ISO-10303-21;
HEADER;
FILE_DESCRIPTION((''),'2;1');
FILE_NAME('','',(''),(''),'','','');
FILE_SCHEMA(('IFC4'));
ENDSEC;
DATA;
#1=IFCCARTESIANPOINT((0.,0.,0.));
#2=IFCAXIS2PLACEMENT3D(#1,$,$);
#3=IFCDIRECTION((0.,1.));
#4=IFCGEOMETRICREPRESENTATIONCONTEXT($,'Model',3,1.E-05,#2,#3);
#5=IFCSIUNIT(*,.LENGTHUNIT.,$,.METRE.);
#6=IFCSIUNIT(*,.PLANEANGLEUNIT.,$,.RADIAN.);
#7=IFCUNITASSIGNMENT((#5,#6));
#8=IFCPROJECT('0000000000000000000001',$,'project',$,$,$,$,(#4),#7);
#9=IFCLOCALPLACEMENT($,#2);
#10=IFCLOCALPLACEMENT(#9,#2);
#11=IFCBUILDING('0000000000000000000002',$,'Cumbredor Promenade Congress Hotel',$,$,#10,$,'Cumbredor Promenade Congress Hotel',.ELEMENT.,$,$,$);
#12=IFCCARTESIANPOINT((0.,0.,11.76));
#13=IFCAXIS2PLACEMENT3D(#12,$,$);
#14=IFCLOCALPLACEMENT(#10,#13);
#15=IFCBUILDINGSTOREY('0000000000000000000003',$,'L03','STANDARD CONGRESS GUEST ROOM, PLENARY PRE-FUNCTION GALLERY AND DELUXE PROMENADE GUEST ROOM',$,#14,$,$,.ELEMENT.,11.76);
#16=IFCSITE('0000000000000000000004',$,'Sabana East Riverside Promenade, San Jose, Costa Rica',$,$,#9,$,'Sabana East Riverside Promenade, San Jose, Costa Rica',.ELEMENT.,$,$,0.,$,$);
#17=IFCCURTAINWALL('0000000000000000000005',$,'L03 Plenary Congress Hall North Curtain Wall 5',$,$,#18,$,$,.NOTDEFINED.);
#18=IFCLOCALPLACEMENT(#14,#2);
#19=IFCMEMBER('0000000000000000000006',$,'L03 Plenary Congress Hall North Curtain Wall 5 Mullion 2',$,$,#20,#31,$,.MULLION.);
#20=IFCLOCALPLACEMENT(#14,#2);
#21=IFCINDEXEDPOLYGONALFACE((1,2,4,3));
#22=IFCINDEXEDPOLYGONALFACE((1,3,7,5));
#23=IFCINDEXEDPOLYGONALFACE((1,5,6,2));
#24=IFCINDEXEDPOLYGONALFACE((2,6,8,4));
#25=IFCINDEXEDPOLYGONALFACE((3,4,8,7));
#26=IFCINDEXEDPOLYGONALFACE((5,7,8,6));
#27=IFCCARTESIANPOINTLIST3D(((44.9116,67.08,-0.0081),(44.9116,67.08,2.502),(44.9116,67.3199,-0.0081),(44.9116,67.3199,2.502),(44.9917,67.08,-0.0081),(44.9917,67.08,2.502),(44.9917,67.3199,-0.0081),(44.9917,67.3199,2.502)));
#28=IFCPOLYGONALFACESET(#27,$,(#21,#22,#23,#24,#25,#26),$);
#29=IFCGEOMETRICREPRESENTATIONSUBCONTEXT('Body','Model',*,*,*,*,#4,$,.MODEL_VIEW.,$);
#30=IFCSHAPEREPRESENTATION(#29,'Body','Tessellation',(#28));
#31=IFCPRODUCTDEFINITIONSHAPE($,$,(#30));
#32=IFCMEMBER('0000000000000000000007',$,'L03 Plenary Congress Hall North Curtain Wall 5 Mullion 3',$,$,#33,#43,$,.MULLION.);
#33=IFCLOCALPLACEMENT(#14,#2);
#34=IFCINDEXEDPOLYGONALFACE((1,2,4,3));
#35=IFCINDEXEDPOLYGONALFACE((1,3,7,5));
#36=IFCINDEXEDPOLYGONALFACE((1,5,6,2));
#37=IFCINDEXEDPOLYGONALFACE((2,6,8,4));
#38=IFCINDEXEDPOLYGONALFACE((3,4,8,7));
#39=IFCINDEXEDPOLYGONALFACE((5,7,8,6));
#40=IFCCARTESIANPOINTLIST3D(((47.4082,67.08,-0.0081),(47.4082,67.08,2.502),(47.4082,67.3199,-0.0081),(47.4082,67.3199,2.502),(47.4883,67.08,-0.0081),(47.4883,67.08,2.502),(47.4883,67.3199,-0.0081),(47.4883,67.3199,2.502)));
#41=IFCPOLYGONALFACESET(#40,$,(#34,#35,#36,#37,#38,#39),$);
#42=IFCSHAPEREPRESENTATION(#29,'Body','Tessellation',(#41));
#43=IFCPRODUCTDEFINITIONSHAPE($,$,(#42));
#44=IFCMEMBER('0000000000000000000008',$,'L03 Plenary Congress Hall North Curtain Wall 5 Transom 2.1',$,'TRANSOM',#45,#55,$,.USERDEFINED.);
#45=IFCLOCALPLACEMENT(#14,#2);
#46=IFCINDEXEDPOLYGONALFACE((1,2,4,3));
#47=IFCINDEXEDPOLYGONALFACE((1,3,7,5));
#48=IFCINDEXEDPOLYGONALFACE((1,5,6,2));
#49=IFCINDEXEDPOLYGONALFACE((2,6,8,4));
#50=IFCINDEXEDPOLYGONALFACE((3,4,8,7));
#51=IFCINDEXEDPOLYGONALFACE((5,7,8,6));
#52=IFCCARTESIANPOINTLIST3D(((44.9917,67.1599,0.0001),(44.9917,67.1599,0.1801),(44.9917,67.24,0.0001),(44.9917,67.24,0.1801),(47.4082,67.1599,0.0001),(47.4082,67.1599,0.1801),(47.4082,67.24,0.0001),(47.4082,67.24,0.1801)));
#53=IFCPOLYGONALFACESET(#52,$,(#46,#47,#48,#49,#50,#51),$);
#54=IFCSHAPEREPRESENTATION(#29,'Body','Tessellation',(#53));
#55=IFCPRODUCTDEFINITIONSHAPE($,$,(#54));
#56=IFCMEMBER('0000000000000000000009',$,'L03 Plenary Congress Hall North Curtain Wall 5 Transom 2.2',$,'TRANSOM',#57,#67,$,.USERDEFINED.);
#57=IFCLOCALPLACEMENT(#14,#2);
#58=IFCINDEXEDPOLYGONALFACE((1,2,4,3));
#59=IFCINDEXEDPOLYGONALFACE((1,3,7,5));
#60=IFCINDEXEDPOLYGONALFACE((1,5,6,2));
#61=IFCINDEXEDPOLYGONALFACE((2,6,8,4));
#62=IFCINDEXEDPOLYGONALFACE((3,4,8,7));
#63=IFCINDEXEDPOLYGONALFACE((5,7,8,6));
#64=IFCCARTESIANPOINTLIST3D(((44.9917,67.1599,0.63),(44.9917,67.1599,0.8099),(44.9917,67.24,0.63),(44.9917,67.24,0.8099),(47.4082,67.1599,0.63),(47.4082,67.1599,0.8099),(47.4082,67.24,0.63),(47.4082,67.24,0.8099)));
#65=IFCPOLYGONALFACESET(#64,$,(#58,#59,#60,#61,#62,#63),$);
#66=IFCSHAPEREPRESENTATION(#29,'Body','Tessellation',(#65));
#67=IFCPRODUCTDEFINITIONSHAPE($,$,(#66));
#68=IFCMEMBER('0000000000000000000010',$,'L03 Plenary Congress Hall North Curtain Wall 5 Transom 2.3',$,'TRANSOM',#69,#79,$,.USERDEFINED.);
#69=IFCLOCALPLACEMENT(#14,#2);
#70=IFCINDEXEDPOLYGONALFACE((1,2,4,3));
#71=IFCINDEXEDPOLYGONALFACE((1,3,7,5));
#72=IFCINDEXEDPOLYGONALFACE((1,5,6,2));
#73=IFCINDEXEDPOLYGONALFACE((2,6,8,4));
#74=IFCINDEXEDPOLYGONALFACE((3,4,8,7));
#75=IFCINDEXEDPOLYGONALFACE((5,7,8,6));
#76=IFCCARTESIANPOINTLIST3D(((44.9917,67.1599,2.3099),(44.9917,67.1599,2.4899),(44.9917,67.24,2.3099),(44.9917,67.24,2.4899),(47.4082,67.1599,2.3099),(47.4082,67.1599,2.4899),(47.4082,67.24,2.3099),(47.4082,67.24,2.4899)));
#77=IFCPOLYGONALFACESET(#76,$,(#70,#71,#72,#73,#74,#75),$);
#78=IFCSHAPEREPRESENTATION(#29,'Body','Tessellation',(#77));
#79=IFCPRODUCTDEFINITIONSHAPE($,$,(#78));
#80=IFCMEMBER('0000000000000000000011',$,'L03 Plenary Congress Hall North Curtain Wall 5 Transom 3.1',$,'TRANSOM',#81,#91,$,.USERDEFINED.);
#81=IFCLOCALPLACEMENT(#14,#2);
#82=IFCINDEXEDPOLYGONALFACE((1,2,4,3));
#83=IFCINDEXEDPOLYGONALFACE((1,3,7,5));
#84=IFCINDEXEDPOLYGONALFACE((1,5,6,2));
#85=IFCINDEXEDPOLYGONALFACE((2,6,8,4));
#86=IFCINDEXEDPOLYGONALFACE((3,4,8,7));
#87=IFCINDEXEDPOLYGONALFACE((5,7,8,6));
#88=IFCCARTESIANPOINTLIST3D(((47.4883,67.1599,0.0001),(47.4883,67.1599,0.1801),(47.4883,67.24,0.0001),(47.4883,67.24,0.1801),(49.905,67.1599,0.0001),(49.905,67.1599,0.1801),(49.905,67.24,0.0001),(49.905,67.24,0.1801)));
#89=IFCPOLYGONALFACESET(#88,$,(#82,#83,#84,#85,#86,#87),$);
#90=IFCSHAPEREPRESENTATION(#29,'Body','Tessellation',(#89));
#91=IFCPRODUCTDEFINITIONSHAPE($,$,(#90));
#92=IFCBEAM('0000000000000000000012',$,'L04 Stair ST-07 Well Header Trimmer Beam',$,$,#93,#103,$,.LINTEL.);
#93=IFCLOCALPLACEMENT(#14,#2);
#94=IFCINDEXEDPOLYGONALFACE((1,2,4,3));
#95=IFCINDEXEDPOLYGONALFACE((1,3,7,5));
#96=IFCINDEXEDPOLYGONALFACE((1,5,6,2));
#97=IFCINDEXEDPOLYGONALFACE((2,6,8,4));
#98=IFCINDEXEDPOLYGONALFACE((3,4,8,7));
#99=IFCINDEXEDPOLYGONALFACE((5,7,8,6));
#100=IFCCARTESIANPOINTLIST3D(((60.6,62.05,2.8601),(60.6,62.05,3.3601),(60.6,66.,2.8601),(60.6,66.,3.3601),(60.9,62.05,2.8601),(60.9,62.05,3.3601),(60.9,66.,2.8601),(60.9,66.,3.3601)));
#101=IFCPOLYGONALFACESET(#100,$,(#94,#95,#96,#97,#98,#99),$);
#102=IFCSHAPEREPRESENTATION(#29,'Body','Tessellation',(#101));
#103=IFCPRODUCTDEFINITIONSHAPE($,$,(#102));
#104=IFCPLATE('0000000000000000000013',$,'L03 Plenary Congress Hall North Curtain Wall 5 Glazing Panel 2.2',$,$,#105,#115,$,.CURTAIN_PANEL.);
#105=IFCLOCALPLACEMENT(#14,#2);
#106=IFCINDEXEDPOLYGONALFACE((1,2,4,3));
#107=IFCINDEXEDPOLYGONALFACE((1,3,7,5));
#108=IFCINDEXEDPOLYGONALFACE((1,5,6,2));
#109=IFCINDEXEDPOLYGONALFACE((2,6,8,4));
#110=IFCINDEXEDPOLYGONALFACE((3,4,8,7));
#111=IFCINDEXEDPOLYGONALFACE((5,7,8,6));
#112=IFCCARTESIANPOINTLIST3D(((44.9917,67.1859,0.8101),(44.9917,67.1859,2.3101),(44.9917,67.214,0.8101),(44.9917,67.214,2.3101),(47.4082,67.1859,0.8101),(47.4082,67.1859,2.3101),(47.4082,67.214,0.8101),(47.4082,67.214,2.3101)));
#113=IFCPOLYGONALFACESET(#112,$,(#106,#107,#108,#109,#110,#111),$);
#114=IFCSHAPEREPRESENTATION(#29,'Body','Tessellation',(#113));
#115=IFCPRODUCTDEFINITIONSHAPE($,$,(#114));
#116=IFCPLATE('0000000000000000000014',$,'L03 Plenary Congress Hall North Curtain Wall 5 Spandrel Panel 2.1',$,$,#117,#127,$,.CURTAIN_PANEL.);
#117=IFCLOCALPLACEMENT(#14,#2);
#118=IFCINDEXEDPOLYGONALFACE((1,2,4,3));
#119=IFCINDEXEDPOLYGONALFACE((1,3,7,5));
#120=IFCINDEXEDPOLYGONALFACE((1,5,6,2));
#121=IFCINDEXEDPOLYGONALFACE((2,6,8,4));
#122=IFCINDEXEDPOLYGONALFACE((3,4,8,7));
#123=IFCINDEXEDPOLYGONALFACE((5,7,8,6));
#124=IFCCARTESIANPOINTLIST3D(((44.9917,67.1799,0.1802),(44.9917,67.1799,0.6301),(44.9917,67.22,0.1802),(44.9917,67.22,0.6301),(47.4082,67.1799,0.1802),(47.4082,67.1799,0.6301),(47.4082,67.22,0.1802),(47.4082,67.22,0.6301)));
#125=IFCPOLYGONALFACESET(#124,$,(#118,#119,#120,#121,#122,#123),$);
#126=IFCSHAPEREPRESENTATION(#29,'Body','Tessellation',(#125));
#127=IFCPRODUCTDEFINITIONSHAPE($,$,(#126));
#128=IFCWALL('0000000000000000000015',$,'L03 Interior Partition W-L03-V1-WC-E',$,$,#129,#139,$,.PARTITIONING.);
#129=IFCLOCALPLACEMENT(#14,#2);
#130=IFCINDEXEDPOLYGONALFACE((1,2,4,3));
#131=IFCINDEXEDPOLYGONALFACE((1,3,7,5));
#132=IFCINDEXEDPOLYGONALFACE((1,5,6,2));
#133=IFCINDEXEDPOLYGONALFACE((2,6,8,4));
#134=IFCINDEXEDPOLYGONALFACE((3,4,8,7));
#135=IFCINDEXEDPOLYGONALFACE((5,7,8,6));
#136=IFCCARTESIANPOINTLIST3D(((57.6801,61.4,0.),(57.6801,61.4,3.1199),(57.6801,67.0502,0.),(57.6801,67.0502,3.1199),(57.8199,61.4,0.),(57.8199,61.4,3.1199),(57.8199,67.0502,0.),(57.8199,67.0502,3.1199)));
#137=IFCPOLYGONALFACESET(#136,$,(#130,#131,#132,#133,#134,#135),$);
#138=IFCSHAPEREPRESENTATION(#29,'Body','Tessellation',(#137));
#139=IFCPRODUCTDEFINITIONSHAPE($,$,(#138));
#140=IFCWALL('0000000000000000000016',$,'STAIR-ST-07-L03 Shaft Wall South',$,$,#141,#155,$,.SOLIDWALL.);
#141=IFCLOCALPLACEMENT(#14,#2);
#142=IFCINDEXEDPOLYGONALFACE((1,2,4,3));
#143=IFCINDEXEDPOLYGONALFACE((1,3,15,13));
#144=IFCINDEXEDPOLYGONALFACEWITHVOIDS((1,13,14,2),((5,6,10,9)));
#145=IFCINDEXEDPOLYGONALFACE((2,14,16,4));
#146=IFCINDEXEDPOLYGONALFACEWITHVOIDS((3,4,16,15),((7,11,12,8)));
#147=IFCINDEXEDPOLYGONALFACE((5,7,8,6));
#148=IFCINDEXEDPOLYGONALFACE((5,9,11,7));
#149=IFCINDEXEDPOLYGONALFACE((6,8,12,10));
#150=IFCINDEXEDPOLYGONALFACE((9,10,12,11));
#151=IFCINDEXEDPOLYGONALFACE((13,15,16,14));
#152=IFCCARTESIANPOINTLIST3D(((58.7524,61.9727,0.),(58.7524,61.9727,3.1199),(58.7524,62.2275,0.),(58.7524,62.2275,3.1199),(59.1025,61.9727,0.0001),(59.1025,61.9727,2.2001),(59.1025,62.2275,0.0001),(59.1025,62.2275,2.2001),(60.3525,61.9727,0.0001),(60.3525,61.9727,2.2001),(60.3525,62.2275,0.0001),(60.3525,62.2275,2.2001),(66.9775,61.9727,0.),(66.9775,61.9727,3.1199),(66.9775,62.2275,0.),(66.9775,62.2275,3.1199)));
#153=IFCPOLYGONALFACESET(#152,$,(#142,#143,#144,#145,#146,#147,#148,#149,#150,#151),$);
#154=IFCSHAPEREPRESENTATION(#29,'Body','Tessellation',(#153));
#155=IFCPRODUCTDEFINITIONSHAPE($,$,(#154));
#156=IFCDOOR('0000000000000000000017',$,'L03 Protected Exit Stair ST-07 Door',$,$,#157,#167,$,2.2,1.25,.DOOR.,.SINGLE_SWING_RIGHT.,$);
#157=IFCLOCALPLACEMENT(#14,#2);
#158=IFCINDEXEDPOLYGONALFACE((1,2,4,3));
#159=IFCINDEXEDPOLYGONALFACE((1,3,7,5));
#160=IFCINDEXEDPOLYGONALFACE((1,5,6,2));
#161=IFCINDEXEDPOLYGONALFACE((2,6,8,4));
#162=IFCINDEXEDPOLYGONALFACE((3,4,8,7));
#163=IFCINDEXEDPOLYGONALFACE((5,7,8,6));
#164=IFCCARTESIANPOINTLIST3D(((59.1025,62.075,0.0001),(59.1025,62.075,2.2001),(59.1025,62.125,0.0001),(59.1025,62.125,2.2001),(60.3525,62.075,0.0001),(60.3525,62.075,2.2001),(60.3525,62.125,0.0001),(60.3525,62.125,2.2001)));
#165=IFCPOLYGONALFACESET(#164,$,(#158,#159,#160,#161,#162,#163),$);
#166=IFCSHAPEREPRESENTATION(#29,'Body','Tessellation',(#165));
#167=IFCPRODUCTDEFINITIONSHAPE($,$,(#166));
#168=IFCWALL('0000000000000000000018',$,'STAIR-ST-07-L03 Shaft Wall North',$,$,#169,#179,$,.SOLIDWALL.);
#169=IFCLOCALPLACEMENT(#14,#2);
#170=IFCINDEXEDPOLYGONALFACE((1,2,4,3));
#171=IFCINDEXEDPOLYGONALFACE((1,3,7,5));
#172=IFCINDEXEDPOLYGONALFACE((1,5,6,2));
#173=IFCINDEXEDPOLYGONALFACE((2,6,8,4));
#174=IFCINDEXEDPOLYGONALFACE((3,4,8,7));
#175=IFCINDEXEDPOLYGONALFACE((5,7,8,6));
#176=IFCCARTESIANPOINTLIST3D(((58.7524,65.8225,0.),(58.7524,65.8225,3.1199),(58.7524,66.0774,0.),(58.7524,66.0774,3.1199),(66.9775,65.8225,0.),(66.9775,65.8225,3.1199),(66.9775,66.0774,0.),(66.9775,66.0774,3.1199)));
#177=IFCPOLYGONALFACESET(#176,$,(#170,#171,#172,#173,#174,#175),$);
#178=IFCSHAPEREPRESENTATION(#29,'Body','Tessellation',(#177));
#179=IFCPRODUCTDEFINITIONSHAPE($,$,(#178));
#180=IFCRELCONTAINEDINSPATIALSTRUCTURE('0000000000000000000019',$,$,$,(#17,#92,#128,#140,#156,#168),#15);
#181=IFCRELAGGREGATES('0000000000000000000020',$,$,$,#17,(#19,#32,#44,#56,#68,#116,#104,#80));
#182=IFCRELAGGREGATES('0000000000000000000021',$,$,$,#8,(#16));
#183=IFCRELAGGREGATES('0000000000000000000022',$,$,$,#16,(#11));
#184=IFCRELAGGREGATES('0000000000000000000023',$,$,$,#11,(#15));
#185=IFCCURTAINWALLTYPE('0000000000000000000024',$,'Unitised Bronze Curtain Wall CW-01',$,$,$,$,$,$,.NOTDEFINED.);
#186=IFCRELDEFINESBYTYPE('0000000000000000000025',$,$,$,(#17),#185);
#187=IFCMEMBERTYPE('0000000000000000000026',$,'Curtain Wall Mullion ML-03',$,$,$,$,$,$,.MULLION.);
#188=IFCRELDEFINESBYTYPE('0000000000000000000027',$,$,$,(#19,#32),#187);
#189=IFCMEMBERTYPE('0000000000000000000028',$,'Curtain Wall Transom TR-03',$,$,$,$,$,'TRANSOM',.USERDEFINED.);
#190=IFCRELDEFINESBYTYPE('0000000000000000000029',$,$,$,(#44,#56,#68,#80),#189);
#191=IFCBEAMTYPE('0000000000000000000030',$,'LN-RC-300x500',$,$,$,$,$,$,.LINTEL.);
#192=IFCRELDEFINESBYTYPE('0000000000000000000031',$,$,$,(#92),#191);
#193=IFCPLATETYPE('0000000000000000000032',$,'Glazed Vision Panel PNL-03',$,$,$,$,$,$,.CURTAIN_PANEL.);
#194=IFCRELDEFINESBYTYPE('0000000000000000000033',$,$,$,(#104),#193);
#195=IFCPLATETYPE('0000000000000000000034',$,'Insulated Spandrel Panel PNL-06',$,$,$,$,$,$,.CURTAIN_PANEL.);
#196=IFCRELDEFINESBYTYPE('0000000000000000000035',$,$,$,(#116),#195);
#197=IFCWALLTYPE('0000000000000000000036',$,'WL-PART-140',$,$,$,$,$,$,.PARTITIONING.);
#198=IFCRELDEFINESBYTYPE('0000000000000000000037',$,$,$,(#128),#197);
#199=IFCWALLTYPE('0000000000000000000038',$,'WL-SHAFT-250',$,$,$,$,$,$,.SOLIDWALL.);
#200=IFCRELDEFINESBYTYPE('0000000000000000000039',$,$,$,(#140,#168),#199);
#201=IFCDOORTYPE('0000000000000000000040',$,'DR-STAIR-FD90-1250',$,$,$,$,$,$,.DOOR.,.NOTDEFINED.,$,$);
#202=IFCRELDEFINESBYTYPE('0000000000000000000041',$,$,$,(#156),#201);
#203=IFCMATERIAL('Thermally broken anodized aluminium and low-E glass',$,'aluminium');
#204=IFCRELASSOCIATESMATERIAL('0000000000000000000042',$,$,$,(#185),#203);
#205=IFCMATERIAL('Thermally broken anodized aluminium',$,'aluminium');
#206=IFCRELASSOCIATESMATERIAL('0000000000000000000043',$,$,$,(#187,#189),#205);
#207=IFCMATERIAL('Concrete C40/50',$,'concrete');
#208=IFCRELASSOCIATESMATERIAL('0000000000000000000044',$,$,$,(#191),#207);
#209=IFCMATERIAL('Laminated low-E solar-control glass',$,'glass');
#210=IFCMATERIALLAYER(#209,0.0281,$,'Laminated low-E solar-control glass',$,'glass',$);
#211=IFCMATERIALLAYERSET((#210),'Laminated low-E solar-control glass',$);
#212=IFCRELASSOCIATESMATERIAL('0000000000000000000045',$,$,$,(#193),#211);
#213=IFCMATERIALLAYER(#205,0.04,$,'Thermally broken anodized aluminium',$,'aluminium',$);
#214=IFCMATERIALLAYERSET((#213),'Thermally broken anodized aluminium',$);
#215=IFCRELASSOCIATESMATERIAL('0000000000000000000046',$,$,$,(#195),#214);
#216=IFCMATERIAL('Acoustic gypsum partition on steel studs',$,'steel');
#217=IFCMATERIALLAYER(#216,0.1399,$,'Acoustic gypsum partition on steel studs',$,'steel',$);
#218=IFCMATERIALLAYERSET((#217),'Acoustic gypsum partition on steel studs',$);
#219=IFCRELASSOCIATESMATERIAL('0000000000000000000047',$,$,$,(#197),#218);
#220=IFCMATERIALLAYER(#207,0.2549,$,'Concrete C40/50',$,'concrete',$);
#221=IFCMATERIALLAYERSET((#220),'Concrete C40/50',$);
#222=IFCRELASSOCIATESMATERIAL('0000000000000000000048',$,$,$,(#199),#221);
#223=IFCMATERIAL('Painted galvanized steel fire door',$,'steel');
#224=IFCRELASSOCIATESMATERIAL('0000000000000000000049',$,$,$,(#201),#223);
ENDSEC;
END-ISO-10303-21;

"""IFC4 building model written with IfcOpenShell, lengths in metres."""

from ifc_helpers import new_model, si_unit, direction, frame, frame_2d, origin, origin_2d, place, context, subcontext, project, spatial, rectangle, extrude, material, layer, layer_set, material_profile, profile_set, type_object, element, fill, aggregate, save


model = new_model("IFC4")

# Units and contexts
model_context = context("Model", 3, precision=1e-05, world=origin(), true_north=direction((0.0, 1.0)))
body_context = subcontext(model_context, "Body", "Model", "MODEL_VIEW")
ifc_project = project(units=[si_unit("LENGTHUNIT", "METRE"), si_unit("PLANEANGLEUNIT", "RADIAN")], contexts=[model_context])

# Site, building, storey
site_placement = place(None, origin())
site = spatial("IfcSite", under=ifc_project, at=site_placement, Name="Sabana East Riverside Promenade, San Jose, Costa Rica", LongName="Sabana East Riverside Promenade, San Jose, Costa Rica", CompositionType="ELEMENT", RefElevation=0.0)
building_placement = place(site_placement, origin())
building = spatial("IfcBuilding", under=site, at=building_placement, Name="Cumbredor Promenade Congress Hotel", LongName="Cumbredor Promenade Congress Hotel", CompositionType="ELEMENT")
storey_placement = place(building_placement, frame((0.0, 0.0, 11.76)))
storey = spatial("IfcBuildingStorey", under=building, at=storey_placement, Name="L03", Description="STANDARD CONGRESS GUEST ROOM, PLENARY PRE-FUNCTION GALLERY AND DELUXE PROMENADE GUEST ROOM", CompositionType="ELEMENT", Elevation=11.76)

# Curtain wall, members
ifc_material_1 = material(Name="Thermally broken anodized aluminium and low-E glass", Category="aluminium")
curtain_wall_type = type_object("IfcCurtainWallType", Name="Unitised Bronze Curtain Wall CW-01", PredefinedType="NOTDEFINED", material=ifc_material_1)
curtain_wall_placement = place(storey_placement, origin())
curtain_wall = element("IfcCurtainWall", 1, at=curtain_wall_placement, inside=storey, type_object=curtain_wall_type, Name="L03 Plenary Congress Hall North Curtain Wall 5", PredefinedType="NOTDEFINED")
ifc_material_2 = material(Name="Thermally broken anodized aluminium", Category="aluminium")
ifc_material_profile_1 = material_profile(ifc_material_2, rectangle(XDim=0.0801, YDim=0.24, at=origin_2d()), Name="ALU MULLION 80x240")
ifc_profile_set_1 = profile_set([ifc_material_profile_1], Name="Thermally broken anodized aluminium")
member_type_1 = type_object("IfcMemberType", Name="Curtain Wall Mullion ML-03", PredefinedType="MULLION", material=ifc_profile_set_1)
member_1_placement = place(storey_placement, frame((44.9517, 67.2, -0.0081), z_axis=(0.0, 0.0, 1.0), x_axis=(1.0, 0.0, 0.0)))
member_1 = element("IfcMember", 2, at=member_1_placement, type_object=member_type_1, Name="L03 Plenary Congress Hall North Curtain Wall 5 Mullion 2", PredefinedType="MULLION", context=body_context, shape_type="SweptSolid", body=[
    extrude(rectangle(XDim=0.0801, YDim=0.24, at=origin_2d()), origin(), (0.0, 0.0, 1.0), 2.51),
])
member_2_placement = place(storey_placement, frame((47.4482, 67.2, -0.0081), z_axis=(0.0, 0.0, 1.0), x_axis=(1.0, 0.0, 0.0)))
member_2 = element("IfcMember", 3, at=member_2_placement, type_object=member_type_1, Name="L03 Plenary Congress Hall North Curtain Wall 5 Mullion 3", PredefinedType="MULLION", context=body_context, shape_type="SweptSolid", body=[
    extrude(rectangle(XDim=0.0801, YDim=0.24, at=origin_2d()), origin(), (0.0, 0.0, 1.0), 2.51),
])
ifc_material_profile_2 = material_profile(ifc_material_2, rectangle(XDim=0.0801, YDim=0.1799, at=origin_2d()), Name="ALU TRANSOM 80x180")
ifc_profile_set_2 = profile_set([ifc_material_profile_2], Name="Thermally broken anodized aluminium")
member_type_2 = type_object("IfcMemberType", Name="Curtain Wall Transom TR-03", ElementType="TRANSOM", PredefinedType="USERDEFINED", material=ifc_profile_set_2)
member_3_placement = place(storey_placement, frame((44.9917, 67.2, 0.0901), z_axis=(1.0, 0.0, 0.0), x_axis=(0.0, 1.0, 0.0)))
member_3 = element("IfcMember", 4, at=member_3_placement, type_object=member_type_2, Name="L03 Plenary Congress Hall North Curtain Wall 5 Transom 2.1", ObjectType="TRANSOM", PredefinedType="USERDEFINED", context=body_context, shape_type="SweptSolid", body=[
    extrude(rectangle(XDim=0.0801, YDim=0.1799, at=origin_2d()), origin(), (0.0, 0.0, 1.0), 2.4165),
])
member_4_placement = place(storey_placement, frame((44.9917, 67.2, 0.72), z_axis=(1.0, 0.0, 0.0), x_axis=(0.0, 1.0, 0.0)))
member_4 = element("IfcMember", 5, at=member_4_placement, type_object=member_type_2, Name="L03 Plenary Congress Hall North Curtain Wall 5 Transom 2.2", ObjectType="TRANSOM", PredefinedType="USERDEFINED", context=body_context, shape_type="SweptSolid", body=[
    extrude(rectangle(XDim=0.0801, YDim=0.1799, at=origin_2d()), origin(), (0.0, 0.0, 1.0), 2.4165),
])
member_5_placement = place(storey_placement, frame((44.9917, 67.2, 2.3999), z_axis=(1.0, 0.0, 0.0), x_axis=(0.0, 1.0, 0.0)))
member_5 = element("IfcMember", 6, at=member_5_placement, type_object=member_type_2, Name="L03 Plenary Congress Hall North Curtain Wall 5 Transom 2.3", ObjectType="TRANSOM", PredefinedType="USERDEFINED", context=body_context, shape_type="SweptSolid", body=[
    extrude(rectangle(XDim=0.0801, YDim=0.1799, at=origin_2d()), origin(), (0.0, 0.0, 1.0), 2.4165),
])
member_6_placement = place(storey_placement, frame((47.4883, 67.2, 0.0901), z_axis=(1.0, 0.0, 0.0), x_axis=(0.0, 1.0, 0.0)))
member_6 = element("IfcMember", 7, at=member_6_placement, type_object=member_type_2, Name="L03 Plenary Congress Hall North Curtain Wall 5 Transom 3.1", ObjectType="TRANSOM", PredefinedType="USERDEFINED", context=body_context, shape_type="SweptSolid", body=[
    extrude(rectangle(XDim=0.0801, YDim=0.1799, at=origin_2d()), origin(), (0.0, 0.0, 1.0), 2.4167),
])

# Beam
ifc_material_3 = material(Name="Concrete C40/50", Category="concrete")
ifc_material_profile_3 = material_profile(ifc_material_3, rectangle(XDim=0.3, YDim=0.5, at=origin_2d()), Name="RC LINTEL 300x500")
ifc_profile_set_3 = profile_set([ifc_material_profile_3], Name="Concrete C40/50")
beam_type = type_object("IfcBeamType", Name="LN-RC-300x500", PredefinedType="LINTEL", material=ifc_profile_set_3)
beam_placement = place(storey_placement, frame((60.75, 62.05, 3.1101), z_axis=(0.0, 1.0, 0.0), x_axis=(-1.0, 0.0, 0.0)))
element("IfcBeam", 8, at=beam_placement, inside=storey, type_object=beam_type, Name="L04 Stair ST-07 Well Header Trimmer Beam", PredefinedType="LINTEL", context=body_context, shape_type="SweptSolid", body=[
    extrude(rectangle(XDim=0.3, YDim=0.5, at=origin_2d()), origin(), (0.0, 0.0, 1.0), 3.95),
])

# Plates
ifc_material_4 = material(Name="Laminated low-E solar-control glass", Category="glass")
ifc_layer_1 = layer(ifc_material_4, 0.0281, Name="Laminated low-E solar-control glass", Category="glass")
ifc_layer_set_1 = layer_set([ifc_layer_1], Name="Laminated low-E solar-control glass")
plate_type_1 = type_object("IfcPlateType", Name="Glazed Vision Panel PNL-03", PredefinedType="CURTAIN_PANEL", material=ifc_layer_set_1)
plate_1_placement = place(storey_placement, frame((46.2, 67.2, 0.8101), z_axis=(0.0, 0.0, 1.0), x_axis=(1.0, 0.0, 0.0)))
plate_1 = element("IfcPlate", 9, at=plate_1_placement, type_object=plate_type_1, Name="L03 Plenary Congress Hall North Curtain Wall 5 Glazing Panel 2.2", PredefinedType="CURTAIN_PANEL", context=body_context, shape_type="SweptSolid", body=[
    extrude(rectangle(XDim=2.4165, YDim=0.0281, at=origin_2d()), origin(), (0.0, 0.0, 1.0), 1.5),
])
ifc_layer_2 = layer(ifc_material_2, 0.04, Name="Thermally broken anodized aluminium", Category="aluminium")
ifc_layer_set_2 = layer_set([ifc_layer_2], Name="Thermally broken anodized aluminium")
plate_type_2 = type_object("IfcPlateType", Name="Insulated Spandrel Panel PNL-06", PredefinedType="CURTAIN_PANEL", material=ifc_layer_set_2)
plate_2_placement = place(storey_placement, frame((46.2, 67.2, 0.1802), z_axis=(0.0, 0.0, 1.0), x_axis=(1.0, 0.0, 0.0)))
plate_2 = element("IfcPlate", 10, at=plate_2_placement, type_object=plate_type_2, Name="L03 Plenary Congress Hall North Curtain Wall 5 Spandrel Panel 2.1", PredefinedType="CURTAIN_PANEL", context=body_context, shape_type="SweptSolid", body=[
    extrude(rectangle(XDim=2.4165, YDim=0.04, at=origin_2d()), origin(), (0.0, 0.0, 1.0), 0.45),
])
aggregate(curtain_wall, [member_1, member_2, member_3, member_4, member_5, plate_2, plate_1, member_6])

# Wall
ifc_material_5 = material(Name="Acoustic gypsum partition on steel studs", Category="steel")
ifc_layer_3 = layer(ifc_material_5, 0.1399, Name="Acoustic gypsum partition on steel studs", Category="steel")
ifc_layer_set_3 = layer_set([ifc_layer_3], Name="Acoustic gypsum partition on steel studs")
wall_type_1 = type_object("IfcWallType", Name="WL-PART-140", PredefinedType="PARTITIONING", material=ifc_layer_set_3)
wall_1_placement = place(storey_placement, frame((57.75, 61.3999, 0.0), z_axis=(0.0, 0.0, 1.0), x_axis=(0.0, 1.0, 0.0)))
element("IfcWall", 11, at=wall_1_placement, inside=storey, type_object=wall_type_1, Name="L03 Interior Partition W-L03-V1-WC-E", PredefinedType="PARTITIONING", context=body_context, shape_type="SweptSolid", body=[
    extrude(rectangle(XDim=5.6501, YDim=0.1399, at=frame_2d((2.8252, 0.0))), origin(), (0.0, 0.0, 1.0), 3.1199),
])

# Wall, opening, door
ifc_layer_4 = layer(ifc_material_3, 0.2549, Name="Concrete C40/50", Category="concrete")
ifc_layer_set_4 = layer_set([ifc_layer_4], Name="Concrete C40/50")
wall_type_2 = type_object("IfcWallType", Name="WL-SHAFT-250", PredefinedType="SOLIDWALL", material=ifc_layer_set_4)
wall_2_placement = place(storey_placement, frame((58.7524, 62.1001, 0.0), z_axis=(0.0, 0.0, 1.0), x_axis=(1.0, 0.0, 0.0)))
wall_2 = element("IfcWall", 12, at=wall_2_placement, inside=storey, type_object=wall_type_2, Name="STAIR-ST-07-L03 Shaft Wall South", PredefinedType="SOLIDWALL", context=body_context, shape_type="SweptSolid", body=[
    extrude(rectangle(XDim=8.2251, YDim=0.2549, at=frame_2d((4.1125, 0.0))), origin(), (0.0, 0.0, 1.0), 3.1199),
])
opening_placement = place(wall_2_placement, frame((0.3501, 0.0, 0.0)))
opening = element("IfcOpeningElement", 13, at=opening_placement, cuts=wall_2, PredefinedType="OPENING", context=body_context, shape_type="SweptSolid", body=[
    extrude(rectangle(XDim=1.25, YDim=2.2, at=frame_2d((0.625, 1.1001))), frame((0.0, 0.1375, 0.0), z_axis=(0.0, -1.0, 0.0), x_axis=(1.0, 0.0, 0.0)), (0.0, 0.0, 1.0), 0.2749),
])
ifc_material_6 = material(Name="Painted galvanized steel fire door", Category="steel")
door_type = type_object("IfcDoorType", Name="DR-STAIR-FD90-1250", OperationType="NOTDEFINED", PredefinedType="DOOR", material=ifc_material_6)
door_placement = place(opening_placement, origin())
door = element("IfcDoor", 14, at=door_placement, inside=storey, type_object=door_type, Name="L03 Protected Exit Stair ST-07 Door", OperationType="SINGLE_SWING_RIGHT", OverallHeight=2.2, OverallWidth=1.25, PredefinedType="DOOR", context=body_context, shape_type="SweptSolid", body=[
    extrude(rectangle(XDim=1.25, YDim=2.2, at=frame_2d((0.625, 1.1001))), frame((0.0, 0.0249, 0.0), z_axis=(0.0, -1.0, 0.0), x_axis=(1.0, 0.0, 0.0)), (0.0, 0.0, 1.0), 0.05),
])
fill(opening, door)

# Wall
wall_3_placement = place(storey_placement, frame((58.7524, 65.95, 0.0), z_axis=(0.0, 0.0, 1.0), x_axis=(1.0, 0.0, 0.0)))
element("IfcWall", 15, at=wall_3_placement, inside=storey, type_object=wall_type_2, Name="STAIR-ST-07-L03 Shaft Wall North", PredefinedType="SOLIDWALL", context=body_context, shape_type="SweptSolid", body=[
    extrude(rectangle(XDim=8.2251, YDim=0.2549, at=frame_2d((4.1125, 0.0))), origin(), (0.0, 0.0, 1.0), 3.1199),
])

save(model, "model.ifc")
